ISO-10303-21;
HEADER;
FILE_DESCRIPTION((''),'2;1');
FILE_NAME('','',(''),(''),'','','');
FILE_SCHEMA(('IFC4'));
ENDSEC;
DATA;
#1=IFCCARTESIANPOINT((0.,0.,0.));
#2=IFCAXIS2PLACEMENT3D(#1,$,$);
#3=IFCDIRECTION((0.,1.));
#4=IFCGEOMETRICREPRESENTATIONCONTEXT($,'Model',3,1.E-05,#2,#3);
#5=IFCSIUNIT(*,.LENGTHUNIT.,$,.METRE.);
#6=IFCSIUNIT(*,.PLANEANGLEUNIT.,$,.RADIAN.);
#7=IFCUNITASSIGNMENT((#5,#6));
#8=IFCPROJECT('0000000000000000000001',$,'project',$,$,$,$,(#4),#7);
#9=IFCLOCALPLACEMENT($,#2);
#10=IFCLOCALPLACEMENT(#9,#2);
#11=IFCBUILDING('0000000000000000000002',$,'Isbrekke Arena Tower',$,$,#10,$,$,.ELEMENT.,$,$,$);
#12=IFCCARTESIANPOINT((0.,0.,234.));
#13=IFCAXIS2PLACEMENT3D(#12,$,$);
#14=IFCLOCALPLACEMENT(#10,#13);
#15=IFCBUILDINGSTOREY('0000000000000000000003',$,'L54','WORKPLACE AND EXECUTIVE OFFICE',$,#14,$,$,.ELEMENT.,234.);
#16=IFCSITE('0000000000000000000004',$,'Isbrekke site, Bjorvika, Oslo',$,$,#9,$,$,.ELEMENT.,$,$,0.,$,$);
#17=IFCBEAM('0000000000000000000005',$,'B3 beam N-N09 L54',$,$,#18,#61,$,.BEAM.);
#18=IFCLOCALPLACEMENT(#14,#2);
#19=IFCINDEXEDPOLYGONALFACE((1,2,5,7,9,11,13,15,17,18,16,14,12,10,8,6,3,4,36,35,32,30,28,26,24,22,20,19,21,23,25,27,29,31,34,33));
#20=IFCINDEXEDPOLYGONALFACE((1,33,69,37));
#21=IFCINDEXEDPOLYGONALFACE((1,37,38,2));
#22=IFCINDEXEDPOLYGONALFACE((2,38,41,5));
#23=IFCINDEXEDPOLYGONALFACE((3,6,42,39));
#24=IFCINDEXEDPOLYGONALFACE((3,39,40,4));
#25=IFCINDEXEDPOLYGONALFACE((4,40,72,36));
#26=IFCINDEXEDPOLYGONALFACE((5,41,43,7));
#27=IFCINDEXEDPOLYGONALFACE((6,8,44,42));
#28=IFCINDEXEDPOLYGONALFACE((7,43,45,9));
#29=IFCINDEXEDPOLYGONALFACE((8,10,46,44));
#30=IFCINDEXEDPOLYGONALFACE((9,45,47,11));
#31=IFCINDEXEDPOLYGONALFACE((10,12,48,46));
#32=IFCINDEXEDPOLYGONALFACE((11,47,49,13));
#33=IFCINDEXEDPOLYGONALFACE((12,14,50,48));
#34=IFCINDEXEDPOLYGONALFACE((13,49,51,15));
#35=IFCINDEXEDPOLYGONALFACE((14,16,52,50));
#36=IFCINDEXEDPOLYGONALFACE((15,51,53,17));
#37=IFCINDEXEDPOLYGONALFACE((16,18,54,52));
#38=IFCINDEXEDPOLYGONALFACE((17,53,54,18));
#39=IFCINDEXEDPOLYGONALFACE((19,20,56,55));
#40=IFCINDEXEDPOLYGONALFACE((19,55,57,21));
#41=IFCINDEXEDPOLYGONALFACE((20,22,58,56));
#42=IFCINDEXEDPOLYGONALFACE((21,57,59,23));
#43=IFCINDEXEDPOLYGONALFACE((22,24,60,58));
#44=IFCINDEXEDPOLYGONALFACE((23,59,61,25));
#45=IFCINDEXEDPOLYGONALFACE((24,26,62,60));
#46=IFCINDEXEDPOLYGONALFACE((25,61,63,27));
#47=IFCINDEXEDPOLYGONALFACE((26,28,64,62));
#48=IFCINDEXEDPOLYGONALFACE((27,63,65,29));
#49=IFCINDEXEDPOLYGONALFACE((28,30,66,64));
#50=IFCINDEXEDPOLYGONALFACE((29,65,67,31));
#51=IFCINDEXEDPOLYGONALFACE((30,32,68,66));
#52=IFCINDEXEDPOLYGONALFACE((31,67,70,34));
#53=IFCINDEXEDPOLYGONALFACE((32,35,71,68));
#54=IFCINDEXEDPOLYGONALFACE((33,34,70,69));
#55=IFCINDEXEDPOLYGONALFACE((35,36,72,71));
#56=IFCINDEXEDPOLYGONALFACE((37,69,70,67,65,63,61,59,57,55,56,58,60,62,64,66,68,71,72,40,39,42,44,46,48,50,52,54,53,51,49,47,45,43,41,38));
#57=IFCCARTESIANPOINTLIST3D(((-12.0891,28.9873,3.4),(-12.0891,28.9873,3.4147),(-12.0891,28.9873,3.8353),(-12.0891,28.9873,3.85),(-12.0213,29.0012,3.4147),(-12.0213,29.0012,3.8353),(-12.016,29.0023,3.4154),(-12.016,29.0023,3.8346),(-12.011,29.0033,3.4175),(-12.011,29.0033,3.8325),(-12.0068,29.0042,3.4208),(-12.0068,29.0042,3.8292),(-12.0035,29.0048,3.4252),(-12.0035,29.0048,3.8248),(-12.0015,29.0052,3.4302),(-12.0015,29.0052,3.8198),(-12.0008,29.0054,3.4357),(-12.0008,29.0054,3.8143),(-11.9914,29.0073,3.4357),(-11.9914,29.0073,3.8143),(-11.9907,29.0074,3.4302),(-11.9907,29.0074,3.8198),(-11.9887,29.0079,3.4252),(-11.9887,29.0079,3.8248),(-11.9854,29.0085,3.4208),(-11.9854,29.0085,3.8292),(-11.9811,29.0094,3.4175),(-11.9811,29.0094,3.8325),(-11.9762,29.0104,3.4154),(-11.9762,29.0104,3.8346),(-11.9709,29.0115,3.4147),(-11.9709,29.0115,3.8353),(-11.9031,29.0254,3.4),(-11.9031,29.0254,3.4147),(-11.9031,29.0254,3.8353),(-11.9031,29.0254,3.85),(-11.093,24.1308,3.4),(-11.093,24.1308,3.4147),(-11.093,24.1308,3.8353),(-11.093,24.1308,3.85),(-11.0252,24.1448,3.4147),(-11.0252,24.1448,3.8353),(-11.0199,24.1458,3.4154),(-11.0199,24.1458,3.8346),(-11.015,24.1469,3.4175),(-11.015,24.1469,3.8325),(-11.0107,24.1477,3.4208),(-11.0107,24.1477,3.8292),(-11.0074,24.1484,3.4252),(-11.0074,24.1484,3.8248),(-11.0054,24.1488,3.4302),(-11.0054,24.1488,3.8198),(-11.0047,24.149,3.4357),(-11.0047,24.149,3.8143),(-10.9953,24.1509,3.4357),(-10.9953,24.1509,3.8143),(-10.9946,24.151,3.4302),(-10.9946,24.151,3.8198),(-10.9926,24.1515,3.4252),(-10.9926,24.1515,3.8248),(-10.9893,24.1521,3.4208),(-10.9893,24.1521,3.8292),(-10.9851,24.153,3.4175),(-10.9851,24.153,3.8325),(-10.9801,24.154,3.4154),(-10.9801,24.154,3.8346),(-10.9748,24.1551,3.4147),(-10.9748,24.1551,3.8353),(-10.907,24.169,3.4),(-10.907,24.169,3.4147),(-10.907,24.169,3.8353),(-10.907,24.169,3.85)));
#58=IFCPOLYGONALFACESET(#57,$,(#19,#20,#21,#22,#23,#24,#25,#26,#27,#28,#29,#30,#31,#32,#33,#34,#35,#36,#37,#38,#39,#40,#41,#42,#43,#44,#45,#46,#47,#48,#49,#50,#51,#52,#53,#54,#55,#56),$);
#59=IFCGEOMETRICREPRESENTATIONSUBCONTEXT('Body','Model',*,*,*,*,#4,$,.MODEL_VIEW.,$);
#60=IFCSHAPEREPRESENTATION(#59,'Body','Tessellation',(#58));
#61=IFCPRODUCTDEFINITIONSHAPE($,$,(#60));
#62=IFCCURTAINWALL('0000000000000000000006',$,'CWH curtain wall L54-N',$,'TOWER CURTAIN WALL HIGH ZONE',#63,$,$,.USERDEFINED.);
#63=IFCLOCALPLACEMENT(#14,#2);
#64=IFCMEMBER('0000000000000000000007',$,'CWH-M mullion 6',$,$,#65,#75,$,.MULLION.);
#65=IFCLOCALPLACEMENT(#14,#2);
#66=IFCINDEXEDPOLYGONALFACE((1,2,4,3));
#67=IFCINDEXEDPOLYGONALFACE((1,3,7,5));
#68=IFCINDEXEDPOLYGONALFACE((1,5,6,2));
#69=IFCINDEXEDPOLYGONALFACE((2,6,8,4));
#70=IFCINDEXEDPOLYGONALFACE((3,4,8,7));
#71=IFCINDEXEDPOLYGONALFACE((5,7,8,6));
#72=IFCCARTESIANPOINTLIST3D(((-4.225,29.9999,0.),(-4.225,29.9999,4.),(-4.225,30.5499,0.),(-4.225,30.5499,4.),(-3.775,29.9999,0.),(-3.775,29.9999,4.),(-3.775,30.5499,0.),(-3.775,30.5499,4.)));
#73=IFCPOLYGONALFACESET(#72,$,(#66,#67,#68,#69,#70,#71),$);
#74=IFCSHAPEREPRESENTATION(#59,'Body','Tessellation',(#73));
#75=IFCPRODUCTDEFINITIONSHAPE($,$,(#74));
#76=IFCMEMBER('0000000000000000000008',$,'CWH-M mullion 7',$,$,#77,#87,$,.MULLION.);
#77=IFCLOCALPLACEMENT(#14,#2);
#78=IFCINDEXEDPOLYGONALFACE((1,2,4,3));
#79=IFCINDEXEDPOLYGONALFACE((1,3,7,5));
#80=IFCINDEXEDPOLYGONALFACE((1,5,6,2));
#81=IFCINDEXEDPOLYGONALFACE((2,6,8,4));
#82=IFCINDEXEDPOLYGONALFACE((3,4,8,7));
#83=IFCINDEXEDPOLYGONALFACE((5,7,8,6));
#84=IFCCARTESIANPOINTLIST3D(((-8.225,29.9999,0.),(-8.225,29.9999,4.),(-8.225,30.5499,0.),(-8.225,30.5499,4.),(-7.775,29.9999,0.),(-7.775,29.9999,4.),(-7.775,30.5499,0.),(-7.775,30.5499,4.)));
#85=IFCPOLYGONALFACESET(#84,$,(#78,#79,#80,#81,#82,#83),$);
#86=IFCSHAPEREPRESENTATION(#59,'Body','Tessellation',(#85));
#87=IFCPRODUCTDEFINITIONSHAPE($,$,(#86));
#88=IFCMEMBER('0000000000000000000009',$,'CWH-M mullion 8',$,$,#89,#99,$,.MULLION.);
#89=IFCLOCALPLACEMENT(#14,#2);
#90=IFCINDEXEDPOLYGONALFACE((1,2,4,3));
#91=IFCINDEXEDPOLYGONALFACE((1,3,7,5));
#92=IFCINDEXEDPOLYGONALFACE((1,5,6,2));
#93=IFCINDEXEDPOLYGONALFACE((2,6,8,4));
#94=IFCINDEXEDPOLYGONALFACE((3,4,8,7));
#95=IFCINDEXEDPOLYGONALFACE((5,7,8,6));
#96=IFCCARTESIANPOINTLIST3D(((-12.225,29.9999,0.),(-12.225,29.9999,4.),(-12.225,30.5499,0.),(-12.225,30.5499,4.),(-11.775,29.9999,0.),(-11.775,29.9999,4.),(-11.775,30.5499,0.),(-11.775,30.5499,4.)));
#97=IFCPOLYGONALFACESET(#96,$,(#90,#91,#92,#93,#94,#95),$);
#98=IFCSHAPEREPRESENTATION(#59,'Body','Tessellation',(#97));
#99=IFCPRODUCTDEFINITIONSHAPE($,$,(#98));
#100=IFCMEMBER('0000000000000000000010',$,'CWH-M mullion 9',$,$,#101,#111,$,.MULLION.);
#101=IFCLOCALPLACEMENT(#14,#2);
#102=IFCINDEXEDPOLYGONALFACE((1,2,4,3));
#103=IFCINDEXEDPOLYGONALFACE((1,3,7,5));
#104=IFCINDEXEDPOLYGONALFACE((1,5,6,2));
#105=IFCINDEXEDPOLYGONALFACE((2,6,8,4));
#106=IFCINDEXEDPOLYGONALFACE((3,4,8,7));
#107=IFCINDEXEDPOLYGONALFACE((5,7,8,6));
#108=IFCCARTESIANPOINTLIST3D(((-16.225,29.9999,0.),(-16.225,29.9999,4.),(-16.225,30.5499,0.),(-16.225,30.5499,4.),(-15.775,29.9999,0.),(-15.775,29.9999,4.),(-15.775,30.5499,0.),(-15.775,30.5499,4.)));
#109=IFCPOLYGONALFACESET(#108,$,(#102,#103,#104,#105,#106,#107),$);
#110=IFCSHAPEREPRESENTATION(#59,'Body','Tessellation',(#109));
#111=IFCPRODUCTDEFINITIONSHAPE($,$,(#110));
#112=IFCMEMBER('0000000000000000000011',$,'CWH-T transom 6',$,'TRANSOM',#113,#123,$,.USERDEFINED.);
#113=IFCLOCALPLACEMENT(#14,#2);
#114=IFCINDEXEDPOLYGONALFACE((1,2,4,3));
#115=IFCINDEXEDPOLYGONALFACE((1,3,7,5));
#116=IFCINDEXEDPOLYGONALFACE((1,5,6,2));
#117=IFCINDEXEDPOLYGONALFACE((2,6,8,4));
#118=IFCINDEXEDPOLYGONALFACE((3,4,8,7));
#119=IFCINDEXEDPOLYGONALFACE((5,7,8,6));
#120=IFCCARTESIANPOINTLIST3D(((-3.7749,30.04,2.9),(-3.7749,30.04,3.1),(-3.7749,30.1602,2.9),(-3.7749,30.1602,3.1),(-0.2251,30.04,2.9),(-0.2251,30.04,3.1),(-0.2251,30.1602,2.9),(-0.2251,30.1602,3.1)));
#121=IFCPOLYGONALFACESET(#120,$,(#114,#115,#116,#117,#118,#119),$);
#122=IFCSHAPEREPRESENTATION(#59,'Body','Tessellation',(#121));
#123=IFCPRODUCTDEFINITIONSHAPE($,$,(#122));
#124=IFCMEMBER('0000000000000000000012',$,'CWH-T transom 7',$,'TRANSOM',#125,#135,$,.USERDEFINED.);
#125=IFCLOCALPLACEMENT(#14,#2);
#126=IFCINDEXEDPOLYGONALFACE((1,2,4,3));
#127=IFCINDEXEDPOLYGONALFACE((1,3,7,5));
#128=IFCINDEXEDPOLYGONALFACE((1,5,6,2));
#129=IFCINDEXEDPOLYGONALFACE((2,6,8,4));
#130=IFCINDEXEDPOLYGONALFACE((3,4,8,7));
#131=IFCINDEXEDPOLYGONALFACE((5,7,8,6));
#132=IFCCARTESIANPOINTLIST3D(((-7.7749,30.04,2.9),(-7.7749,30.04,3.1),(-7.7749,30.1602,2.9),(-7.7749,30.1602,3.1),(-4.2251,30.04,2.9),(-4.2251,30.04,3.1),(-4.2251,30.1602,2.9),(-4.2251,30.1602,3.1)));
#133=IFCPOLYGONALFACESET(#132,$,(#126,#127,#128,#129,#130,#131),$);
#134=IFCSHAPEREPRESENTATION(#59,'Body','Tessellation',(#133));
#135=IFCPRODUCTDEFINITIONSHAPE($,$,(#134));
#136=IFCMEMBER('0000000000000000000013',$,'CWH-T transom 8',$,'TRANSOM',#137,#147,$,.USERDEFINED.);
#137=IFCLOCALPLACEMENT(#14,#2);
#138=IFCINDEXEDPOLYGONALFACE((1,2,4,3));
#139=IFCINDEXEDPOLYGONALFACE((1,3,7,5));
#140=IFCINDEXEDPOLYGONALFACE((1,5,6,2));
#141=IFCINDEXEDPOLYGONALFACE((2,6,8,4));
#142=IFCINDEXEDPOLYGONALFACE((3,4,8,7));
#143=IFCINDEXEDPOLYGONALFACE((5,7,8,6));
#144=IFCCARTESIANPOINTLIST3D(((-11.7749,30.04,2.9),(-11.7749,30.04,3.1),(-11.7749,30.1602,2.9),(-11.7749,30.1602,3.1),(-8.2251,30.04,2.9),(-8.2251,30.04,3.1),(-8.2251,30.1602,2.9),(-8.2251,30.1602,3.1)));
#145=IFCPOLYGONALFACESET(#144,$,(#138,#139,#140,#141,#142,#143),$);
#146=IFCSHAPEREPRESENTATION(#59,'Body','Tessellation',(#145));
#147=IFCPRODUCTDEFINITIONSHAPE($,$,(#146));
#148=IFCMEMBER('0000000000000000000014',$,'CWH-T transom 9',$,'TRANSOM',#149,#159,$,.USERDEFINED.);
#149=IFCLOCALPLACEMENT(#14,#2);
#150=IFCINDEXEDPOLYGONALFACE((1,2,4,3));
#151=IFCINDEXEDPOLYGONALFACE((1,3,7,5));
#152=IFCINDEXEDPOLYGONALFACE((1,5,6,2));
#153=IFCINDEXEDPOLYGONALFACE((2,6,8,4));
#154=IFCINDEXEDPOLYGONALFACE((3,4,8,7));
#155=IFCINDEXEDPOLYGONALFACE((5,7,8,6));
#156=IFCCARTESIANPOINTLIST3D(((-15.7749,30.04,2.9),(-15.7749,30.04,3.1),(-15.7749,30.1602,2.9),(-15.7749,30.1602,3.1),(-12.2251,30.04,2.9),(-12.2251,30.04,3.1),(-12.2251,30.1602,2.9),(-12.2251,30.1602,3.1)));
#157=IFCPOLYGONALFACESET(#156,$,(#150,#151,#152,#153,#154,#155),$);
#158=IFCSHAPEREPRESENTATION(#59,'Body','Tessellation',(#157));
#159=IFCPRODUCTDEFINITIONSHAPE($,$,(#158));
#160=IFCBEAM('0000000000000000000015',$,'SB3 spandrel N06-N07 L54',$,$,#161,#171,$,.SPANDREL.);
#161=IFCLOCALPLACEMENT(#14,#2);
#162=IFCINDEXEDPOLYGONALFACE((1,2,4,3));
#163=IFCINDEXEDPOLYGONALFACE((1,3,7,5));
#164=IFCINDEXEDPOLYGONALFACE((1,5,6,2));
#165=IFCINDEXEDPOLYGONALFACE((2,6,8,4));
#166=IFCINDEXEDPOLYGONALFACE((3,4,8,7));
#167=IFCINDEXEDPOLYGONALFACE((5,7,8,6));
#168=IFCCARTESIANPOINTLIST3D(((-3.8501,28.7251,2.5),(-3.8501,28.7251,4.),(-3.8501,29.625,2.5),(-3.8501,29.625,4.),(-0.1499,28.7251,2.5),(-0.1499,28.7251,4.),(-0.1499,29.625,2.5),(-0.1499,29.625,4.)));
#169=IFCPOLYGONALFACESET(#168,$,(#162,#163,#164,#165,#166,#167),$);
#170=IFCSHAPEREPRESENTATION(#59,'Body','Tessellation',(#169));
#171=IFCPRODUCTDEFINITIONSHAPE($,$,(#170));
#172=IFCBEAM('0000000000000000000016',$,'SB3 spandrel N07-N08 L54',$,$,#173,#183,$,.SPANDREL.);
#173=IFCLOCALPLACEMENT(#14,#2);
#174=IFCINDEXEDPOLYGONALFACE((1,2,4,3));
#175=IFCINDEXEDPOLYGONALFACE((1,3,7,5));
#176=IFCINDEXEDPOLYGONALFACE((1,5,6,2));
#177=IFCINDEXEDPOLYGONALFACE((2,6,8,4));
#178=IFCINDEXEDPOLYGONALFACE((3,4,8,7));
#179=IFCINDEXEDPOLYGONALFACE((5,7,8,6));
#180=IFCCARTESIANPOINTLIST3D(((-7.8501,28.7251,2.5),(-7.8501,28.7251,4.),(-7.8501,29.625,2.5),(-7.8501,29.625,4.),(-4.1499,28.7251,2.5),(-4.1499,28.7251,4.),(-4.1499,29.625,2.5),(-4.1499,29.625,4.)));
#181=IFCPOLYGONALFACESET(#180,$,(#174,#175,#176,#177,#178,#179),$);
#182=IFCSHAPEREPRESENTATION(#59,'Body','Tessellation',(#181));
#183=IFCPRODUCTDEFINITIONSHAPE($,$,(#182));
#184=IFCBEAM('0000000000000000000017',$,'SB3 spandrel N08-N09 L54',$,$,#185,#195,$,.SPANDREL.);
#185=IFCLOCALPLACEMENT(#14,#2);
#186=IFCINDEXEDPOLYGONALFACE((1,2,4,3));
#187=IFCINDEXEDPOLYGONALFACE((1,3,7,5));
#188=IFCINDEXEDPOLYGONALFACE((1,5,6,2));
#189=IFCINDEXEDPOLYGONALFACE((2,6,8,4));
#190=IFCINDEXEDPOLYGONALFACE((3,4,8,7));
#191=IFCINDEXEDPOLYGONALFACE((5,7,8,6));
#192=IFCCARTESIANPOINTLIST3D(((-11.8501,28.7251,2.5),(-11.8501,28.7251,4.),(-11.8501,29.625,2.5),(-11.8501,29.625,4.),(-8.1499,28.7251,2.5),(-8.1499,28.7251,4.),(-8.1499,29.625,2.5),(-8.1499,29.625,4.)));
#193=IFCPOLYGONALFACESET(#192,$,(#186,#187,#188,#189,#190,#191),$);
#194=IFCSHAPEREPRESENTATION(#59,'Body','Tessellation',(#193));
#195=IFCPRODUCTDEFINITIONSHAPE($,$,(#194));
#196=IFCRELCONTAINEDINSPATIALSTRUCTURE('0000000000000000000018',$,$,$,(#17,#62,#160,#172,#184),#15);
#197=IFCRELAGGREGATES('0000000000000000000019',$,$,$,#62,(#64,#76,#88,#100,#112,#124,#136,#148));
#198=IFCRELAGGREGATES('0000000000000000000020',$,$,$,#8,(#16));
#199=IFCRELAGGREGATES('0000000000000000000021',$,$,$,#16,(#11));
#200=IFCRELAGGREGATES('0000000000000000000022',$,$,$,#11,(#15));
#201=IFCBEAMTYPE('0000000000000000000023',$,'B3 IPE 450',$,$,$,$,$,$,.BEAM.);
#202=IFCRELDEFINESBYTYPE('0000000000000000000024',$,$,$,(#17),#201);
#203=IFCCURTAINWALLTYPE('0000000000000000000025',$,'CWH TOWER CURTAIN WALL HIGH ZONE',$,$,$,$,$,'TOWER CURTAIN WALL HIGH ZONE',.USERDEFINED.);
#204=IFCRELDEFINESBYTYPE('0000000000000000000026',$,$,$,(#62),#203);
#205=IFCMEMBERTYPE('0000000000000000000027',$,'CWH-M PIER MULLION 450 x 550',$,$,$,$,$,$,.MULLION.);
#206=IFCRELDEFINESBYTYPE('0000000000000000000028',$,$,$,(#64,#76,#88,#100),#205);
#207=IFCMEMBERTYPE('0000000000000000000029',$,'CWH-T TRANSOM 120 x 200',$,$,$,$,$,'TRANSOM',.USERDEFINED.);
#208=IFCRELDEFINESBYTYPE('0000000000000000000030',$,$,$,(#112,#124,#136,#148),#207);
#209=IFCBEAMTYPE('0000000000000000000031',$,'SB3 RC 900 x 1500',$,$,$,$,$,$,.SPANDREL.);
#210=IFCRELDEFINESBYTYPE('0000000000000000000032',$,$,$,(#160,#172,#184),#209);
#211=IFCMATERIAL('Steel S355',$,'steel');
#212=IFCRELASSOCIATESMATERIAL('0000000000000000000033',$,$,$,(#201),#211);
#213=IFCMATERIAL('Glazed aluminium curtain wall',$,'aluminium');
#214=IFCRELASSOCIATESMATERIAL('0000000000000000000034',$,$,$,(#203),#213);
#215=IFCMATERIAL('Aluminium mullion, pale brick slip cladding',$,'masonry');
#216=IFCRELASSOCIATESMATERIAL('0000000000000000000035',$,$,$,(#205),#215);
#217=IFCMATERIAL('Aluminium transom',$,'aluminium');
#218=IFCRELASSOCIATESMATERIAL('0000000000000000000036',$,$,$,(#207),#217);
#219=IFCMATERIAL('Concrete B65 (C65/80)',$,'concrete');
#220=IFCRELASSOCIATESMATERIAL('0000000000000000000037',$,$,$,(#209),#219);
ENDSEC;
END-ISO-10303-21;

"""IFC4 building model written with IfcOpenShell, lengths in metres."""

from ifc_helpers import new_model, si_unit, direction, frame, origin, origin_2d, place, context, subcontext, project, spatial, rectangle, i_section, extrude, material, material_profile, profile_set, type_object, element, aggregate, save


model = new_model("IFC4")

# Units and contexts
model_context = context("Model", 3, precision=1e-05, world=origin(), true_north=direction((0.0, 1.0)))
body_context = subcontext(model_context, "Body", "Model", "MODEL_VIEW")
ifc_project = project(units=[si_unit("LENGTHUNIT", "METRE"), si_unit("PLANEANGLEUNIT", "RADIAN")], contexts=[model_context])

# Site, building, storey
site_placement = place(None, origin())
site = spatial("IfcSite", under=ifc_project, at=site_placement, Name="Isbrekke site, Bjorvika, Oslo", CompositionType="ELEMENT", RefElevation=0.0)
building_placement = place(site_placement, origin())
building = spatial("IfcBuilding", under=site, at=building_placement, Name="Isbrekke Arena Tower", CompositionType="ELEMENT")
storey_placement = place(building_placement, frame((0.0, 0.0, 234.0)))
storey = spatial("IfcBuildingStorey", under=building, at=storey_placement, Name="L54", Description="WORKPLACE AND EXECUTIVE OFFICE", CompositionType="ELEMENT", Elevation=234.0)

# Beam
ifc_material_1 = material(Name="Steel S355", Category="steel")
ifc_material_profile_1 = material_profile(ifc_material_1, i_section(OverallWidth=0.1899, OverallDepth=0.45, WebThickness=0.0095, FlangeThickness=0.0146, FilletRadius=0.021, at=origin_2d()), Name="IPE 450")
ifc_profile_set_1 = profile_set([ifc_material_profile_1], Name="Steel S355")
beam_type_1 = type_object("IfcBeamType", Name="B3 IPE 450", PredefinedType="BEAM", material=ifc_profile_set_1)
beam_1_placement = place(storey_placement, frame((-11.9961, 29.0063, 3.625), z_axis=(0.200925, -0.979607, 0.0), x_axis=(0.979607, 0.200925, 0.0)))
element("IfcBeam", 1, at=beam_1_placement, inside=storey, type_object=beam_type_1, Name="B3 beam N-N09 L54", PredefinedType="BEAM", context=body_context, shape_type="SweptSolid", body=[
    extrude(i_section(OverallWidth=0.1899, OverallDepth=0.45, WebThickness=0.0095, FlangeThickness=0.0146, FilletRadius=0.021, at=origin_2d()), origin(), (0.0, 0.0, 1.0), 4.9575),
])

# Curtain wall, members
ifc_material_2 = material(Name="Glazed aluminium curtain wall", Category="aluminium")
curtain_wall_type = type_object("IfcCurtainWallType", Name="CWH TOWER CURTAIN WALL HIGH ZONE", ElementType="TOWER CURTAIN WALL HIGH ZONE", PredefinedType="USERDEFINED", material=ifc_material_2)
curtain_wall_placement = place(storey_placement, origin())
curtain_wall = element("IfcCurtainWall", 2, at=curtain_wall_placement, inside=storey, type_object=curtain_wall_type, Name="CWH curtain wall L54-N", ObjectType="TOWER CURTAIN WALL HIGH ZONE", PredefinedType="USERDEFINED")
ifc_material_3 = material(Name="Aluminium mullion, pale brick slip cladding", Category="masonry")
ifc_material_profile_2 = material_profile(ifc_material_3, rectangle(XDim=0.45, YDim=0.55, at=origin_2d()), Name="PIER 450X550")
ifc_profile_set_2 = profile_set([ifc_material_profile_2], Name="Aluminium mullion, pale brick slip cladding")
member_type_1 = type_object("IfcMemberType", Name="CWH-M PIER MULLION 450 x 550", PredefinedType="MULLION", material=ifc_profile_set_2)
member_1_placement = place(storey_placement, frame((-4.0, 30.2749, 0.0), z_axis=(0.0, 0.0, 1.0), x_axis=(-1.0, 0.0, 0.0)))
member_1 = element("IfcMember", 3, at=member_1_placement, type_object=member_type_1, Name="CWH-M mullion 6", PredefinedType="MULLION", context=body_context, shape_type="SweptSolid", body=[
    extrude(rectangle(XDim=0.45, YDim=0.55, at=origin_2d()), origin(), (0.0, 0.0, 1.0), 4.0),
])
member_2_placement = place(storey_placement, frame((-8.0, 30.2749, 0.0), z_axis=(0.0, 0.0, 1.0), x_axis=(-1.0, 0.0, 0.0)))
member_2 = element("IfcMember", 4, at=member_2_placement, type_object=member_type_1, Name="CWH-M mullion 7", PredefinedType="MULLION", context=body_context, shape_type="SweptSolid", body=[
    extrude(rectangle(XDim=0.45, YDim=0.55, at=origin_2d()), origin(), (0.0, 0.0, 1.0), 4.0),
])
member_3_placement = place(storey_placement, frame((-12.0, 30.2749, 0.0), z_axis=(0.0, 0.0, 1.0), x_axis=(-1.0, 0.0, 0.0)))
member_3 = element("IfcMember", 5, at=member_3_placement, type_object=member_type_1, Name="CWH-M mullion 8", PredefinedType="MULLION", context=body_context, shape_type="SweptSolid", body=[
    extrude(rectangle(XDim=0.45, YDim=0.55, at=origin_2d()), origin(), (0.0, 0.0, 1.0), 4.0),
])
member_4_placement = place(storey_placement, frame((-16.0, 30.2749, 0.0), z_axis=(0.0, 0.0, 1.0), x_axis=(-1.0, 0.0, 0.0)))
member_4 = element("IfcMember", 6, at=member_4_placement, type_object=member_type_1, Name="CWH-M mullion 9", PredefinedType="MULLION", context=body_context, shape_type="SweptSolid", body=[
    extrude(rectangle(XDim=0.45, YDim=0.55, at=origin_2d()), origin(), (0.0, 0.0, 1.0), 4.0),
])
ifc_material_4 = material(Name="Aluminium transom", Category="aluminium")
ifc_material_profile_3 = material_profile(ifc_material_4, rectangle(XDim=0.1201, YDim=0.2, at=origin_2d()), Name="TRANSOM 120X200")
ifc_profile_set_3 = profile_set([ifc_material_profile_3], Name="Aluminium transom")
member_type_2 = type_object("IfcMemberType", Name="CWH-T TRANSOM 120 x 200", ElementType="TRANSOM", PredefinedType="USERDEFINED", material=ifc_profile_set_3)
member_5_placement = place(storey_placement, frame((-0.2251, 30.1001, 3.0), z_axis=(-1.0, 0.0, 0.0), x_axis=(0.0, -1.0, 0.0)))
member_5 = element("IfcMember", 7, at=member_5_placement, type_object=member_type_2, Name="CWH-T transom 6", ObjectType="TRANSOM", PredefinedType="USERDEFINED", context=body_context, shape_type="SweptSolid", body=[
    extrude(rectangle(XDim=0.1201, YDim=0.2, at=origin_2d()), origin(), (0.0, 0.0, 1.0), 3.5498),
])
member_6_placement = place(storey_placement, frame((-4.2251, 30.1001, 3.0), z_axis=(-1.0, 0.0, 0.0), x_axis=(0.0, -1.0, 0.0)))
member_6 = element("IfcMember", 8, at=member_6_placement, type_object=member_type_2, Name="CWH-T transom 7", ObjectType="TRANSOM", PredefinedType="USERDEFINED", context=body_context, shape_type="SweptSolid", body=[
    extrude(rectangle(XDim=0.1201, YDim=0.2, at=origin_2d()), origin(), (0.0, 0.0, 1.0), 3.5498),
])
member_7_placement = place(storey_placement, frame((-8.2251, 30.1001, 3.0), z_axis=(-1.0, 0.0, 0.0), x_axis=(0.0, -1.0, 0.0)))
member_7 = element("IfcMember", 9, at=member_7_placement, type_object=member_type_2, Name="CWH-T transom 8", ObjectType="TRANSOM", PredefinedType="USERDEFINED", context=body_context, shape_type="SweptSolid", body=[
    extrude(rectangle(XDim=0.1201, YDim=0.2, at=origin_2d()), origin(), (0.0, 0.0, 1.0), 3.5498),
])
member_8_placement = place(storey_placement, frame((-12.2251, 30.1001, 3.0), z_axis=(-1.0, 0.0, 0.0), x_axis=(0.0, -1.0, 0.0)))
member_8 = element("IfcMember", 10, at=member_8_placement, type_object=member_type_2, Name="CWH-T transom 9", ObjectType="TRANSOM", PredefinedType="USERDEFINED", context=body_context, shape_type="SweptSolid", body=[
    extrude(rectangle(XDim=0.1201, YDim=0.2, at=origin_2d()), origin(), (0.0, 0.0, 1.0), 3.5498),
])

# Beams
ifc_material_5 = material(Name="Concrete B65 (C65/80)", Category="concrete")
ifc_material_profile_4 = material_profile(ifc_material_5, rectangle(XDim=0.8999, YDim=1.5, at=origin_2d()), Name="RC 900x1500")
ifc_profile_set_4 = profile_set([ifc_material_profile_4], Name="Concrete B65 (C65/80)")
beam_type_2 = type_object("IfcBeamType", Name="SB3 RC 900 x 1500", PredefinedType="SPANDREL", material=ifc_profile_set_4)
for number, where, z_axis, x_axis, name in (
    (11, (-0.1499, 29.175, 3.25), (-1.0, 0.0, 0.0), (0.0, -1.0, 0.0), "SB3 spandrel N06-N07 L54"),
    (12, (-4.1499, 29.175, 3.25), (-1.0, 0.0, 0.0), (0.0, -1.0, 0.0), "SB3 spandrel N07-N08 L54"),
    (13, (-8.1499, 29.175, 3.25), (-1.0, 0.0, 0.0), (0.0, -1.0, 0.0), "SB3 spandrel N08-N09 L54"),
):
    element("IfcBeam", number, at=place(storey_placement, frame(where, z_axis=z_axis, x_axis=x_axis)), inside=storey, type_object=beam_type_2, Name=name, PredefinedType="SPANDREL", context=body_context, shape_type="SweptSolid", body=[
        extrude(rectangle(XDim=0.8999, YDim=1.5, at=origin_2d()), origin(), (0.0, 0.0, 1.0), 3.7002),
    ])

aggregate(curtain_wall, [member_1, member_2, member_3, member_4, member_5, member_6, member_7, member_8])

save(model, "model.ifc")
